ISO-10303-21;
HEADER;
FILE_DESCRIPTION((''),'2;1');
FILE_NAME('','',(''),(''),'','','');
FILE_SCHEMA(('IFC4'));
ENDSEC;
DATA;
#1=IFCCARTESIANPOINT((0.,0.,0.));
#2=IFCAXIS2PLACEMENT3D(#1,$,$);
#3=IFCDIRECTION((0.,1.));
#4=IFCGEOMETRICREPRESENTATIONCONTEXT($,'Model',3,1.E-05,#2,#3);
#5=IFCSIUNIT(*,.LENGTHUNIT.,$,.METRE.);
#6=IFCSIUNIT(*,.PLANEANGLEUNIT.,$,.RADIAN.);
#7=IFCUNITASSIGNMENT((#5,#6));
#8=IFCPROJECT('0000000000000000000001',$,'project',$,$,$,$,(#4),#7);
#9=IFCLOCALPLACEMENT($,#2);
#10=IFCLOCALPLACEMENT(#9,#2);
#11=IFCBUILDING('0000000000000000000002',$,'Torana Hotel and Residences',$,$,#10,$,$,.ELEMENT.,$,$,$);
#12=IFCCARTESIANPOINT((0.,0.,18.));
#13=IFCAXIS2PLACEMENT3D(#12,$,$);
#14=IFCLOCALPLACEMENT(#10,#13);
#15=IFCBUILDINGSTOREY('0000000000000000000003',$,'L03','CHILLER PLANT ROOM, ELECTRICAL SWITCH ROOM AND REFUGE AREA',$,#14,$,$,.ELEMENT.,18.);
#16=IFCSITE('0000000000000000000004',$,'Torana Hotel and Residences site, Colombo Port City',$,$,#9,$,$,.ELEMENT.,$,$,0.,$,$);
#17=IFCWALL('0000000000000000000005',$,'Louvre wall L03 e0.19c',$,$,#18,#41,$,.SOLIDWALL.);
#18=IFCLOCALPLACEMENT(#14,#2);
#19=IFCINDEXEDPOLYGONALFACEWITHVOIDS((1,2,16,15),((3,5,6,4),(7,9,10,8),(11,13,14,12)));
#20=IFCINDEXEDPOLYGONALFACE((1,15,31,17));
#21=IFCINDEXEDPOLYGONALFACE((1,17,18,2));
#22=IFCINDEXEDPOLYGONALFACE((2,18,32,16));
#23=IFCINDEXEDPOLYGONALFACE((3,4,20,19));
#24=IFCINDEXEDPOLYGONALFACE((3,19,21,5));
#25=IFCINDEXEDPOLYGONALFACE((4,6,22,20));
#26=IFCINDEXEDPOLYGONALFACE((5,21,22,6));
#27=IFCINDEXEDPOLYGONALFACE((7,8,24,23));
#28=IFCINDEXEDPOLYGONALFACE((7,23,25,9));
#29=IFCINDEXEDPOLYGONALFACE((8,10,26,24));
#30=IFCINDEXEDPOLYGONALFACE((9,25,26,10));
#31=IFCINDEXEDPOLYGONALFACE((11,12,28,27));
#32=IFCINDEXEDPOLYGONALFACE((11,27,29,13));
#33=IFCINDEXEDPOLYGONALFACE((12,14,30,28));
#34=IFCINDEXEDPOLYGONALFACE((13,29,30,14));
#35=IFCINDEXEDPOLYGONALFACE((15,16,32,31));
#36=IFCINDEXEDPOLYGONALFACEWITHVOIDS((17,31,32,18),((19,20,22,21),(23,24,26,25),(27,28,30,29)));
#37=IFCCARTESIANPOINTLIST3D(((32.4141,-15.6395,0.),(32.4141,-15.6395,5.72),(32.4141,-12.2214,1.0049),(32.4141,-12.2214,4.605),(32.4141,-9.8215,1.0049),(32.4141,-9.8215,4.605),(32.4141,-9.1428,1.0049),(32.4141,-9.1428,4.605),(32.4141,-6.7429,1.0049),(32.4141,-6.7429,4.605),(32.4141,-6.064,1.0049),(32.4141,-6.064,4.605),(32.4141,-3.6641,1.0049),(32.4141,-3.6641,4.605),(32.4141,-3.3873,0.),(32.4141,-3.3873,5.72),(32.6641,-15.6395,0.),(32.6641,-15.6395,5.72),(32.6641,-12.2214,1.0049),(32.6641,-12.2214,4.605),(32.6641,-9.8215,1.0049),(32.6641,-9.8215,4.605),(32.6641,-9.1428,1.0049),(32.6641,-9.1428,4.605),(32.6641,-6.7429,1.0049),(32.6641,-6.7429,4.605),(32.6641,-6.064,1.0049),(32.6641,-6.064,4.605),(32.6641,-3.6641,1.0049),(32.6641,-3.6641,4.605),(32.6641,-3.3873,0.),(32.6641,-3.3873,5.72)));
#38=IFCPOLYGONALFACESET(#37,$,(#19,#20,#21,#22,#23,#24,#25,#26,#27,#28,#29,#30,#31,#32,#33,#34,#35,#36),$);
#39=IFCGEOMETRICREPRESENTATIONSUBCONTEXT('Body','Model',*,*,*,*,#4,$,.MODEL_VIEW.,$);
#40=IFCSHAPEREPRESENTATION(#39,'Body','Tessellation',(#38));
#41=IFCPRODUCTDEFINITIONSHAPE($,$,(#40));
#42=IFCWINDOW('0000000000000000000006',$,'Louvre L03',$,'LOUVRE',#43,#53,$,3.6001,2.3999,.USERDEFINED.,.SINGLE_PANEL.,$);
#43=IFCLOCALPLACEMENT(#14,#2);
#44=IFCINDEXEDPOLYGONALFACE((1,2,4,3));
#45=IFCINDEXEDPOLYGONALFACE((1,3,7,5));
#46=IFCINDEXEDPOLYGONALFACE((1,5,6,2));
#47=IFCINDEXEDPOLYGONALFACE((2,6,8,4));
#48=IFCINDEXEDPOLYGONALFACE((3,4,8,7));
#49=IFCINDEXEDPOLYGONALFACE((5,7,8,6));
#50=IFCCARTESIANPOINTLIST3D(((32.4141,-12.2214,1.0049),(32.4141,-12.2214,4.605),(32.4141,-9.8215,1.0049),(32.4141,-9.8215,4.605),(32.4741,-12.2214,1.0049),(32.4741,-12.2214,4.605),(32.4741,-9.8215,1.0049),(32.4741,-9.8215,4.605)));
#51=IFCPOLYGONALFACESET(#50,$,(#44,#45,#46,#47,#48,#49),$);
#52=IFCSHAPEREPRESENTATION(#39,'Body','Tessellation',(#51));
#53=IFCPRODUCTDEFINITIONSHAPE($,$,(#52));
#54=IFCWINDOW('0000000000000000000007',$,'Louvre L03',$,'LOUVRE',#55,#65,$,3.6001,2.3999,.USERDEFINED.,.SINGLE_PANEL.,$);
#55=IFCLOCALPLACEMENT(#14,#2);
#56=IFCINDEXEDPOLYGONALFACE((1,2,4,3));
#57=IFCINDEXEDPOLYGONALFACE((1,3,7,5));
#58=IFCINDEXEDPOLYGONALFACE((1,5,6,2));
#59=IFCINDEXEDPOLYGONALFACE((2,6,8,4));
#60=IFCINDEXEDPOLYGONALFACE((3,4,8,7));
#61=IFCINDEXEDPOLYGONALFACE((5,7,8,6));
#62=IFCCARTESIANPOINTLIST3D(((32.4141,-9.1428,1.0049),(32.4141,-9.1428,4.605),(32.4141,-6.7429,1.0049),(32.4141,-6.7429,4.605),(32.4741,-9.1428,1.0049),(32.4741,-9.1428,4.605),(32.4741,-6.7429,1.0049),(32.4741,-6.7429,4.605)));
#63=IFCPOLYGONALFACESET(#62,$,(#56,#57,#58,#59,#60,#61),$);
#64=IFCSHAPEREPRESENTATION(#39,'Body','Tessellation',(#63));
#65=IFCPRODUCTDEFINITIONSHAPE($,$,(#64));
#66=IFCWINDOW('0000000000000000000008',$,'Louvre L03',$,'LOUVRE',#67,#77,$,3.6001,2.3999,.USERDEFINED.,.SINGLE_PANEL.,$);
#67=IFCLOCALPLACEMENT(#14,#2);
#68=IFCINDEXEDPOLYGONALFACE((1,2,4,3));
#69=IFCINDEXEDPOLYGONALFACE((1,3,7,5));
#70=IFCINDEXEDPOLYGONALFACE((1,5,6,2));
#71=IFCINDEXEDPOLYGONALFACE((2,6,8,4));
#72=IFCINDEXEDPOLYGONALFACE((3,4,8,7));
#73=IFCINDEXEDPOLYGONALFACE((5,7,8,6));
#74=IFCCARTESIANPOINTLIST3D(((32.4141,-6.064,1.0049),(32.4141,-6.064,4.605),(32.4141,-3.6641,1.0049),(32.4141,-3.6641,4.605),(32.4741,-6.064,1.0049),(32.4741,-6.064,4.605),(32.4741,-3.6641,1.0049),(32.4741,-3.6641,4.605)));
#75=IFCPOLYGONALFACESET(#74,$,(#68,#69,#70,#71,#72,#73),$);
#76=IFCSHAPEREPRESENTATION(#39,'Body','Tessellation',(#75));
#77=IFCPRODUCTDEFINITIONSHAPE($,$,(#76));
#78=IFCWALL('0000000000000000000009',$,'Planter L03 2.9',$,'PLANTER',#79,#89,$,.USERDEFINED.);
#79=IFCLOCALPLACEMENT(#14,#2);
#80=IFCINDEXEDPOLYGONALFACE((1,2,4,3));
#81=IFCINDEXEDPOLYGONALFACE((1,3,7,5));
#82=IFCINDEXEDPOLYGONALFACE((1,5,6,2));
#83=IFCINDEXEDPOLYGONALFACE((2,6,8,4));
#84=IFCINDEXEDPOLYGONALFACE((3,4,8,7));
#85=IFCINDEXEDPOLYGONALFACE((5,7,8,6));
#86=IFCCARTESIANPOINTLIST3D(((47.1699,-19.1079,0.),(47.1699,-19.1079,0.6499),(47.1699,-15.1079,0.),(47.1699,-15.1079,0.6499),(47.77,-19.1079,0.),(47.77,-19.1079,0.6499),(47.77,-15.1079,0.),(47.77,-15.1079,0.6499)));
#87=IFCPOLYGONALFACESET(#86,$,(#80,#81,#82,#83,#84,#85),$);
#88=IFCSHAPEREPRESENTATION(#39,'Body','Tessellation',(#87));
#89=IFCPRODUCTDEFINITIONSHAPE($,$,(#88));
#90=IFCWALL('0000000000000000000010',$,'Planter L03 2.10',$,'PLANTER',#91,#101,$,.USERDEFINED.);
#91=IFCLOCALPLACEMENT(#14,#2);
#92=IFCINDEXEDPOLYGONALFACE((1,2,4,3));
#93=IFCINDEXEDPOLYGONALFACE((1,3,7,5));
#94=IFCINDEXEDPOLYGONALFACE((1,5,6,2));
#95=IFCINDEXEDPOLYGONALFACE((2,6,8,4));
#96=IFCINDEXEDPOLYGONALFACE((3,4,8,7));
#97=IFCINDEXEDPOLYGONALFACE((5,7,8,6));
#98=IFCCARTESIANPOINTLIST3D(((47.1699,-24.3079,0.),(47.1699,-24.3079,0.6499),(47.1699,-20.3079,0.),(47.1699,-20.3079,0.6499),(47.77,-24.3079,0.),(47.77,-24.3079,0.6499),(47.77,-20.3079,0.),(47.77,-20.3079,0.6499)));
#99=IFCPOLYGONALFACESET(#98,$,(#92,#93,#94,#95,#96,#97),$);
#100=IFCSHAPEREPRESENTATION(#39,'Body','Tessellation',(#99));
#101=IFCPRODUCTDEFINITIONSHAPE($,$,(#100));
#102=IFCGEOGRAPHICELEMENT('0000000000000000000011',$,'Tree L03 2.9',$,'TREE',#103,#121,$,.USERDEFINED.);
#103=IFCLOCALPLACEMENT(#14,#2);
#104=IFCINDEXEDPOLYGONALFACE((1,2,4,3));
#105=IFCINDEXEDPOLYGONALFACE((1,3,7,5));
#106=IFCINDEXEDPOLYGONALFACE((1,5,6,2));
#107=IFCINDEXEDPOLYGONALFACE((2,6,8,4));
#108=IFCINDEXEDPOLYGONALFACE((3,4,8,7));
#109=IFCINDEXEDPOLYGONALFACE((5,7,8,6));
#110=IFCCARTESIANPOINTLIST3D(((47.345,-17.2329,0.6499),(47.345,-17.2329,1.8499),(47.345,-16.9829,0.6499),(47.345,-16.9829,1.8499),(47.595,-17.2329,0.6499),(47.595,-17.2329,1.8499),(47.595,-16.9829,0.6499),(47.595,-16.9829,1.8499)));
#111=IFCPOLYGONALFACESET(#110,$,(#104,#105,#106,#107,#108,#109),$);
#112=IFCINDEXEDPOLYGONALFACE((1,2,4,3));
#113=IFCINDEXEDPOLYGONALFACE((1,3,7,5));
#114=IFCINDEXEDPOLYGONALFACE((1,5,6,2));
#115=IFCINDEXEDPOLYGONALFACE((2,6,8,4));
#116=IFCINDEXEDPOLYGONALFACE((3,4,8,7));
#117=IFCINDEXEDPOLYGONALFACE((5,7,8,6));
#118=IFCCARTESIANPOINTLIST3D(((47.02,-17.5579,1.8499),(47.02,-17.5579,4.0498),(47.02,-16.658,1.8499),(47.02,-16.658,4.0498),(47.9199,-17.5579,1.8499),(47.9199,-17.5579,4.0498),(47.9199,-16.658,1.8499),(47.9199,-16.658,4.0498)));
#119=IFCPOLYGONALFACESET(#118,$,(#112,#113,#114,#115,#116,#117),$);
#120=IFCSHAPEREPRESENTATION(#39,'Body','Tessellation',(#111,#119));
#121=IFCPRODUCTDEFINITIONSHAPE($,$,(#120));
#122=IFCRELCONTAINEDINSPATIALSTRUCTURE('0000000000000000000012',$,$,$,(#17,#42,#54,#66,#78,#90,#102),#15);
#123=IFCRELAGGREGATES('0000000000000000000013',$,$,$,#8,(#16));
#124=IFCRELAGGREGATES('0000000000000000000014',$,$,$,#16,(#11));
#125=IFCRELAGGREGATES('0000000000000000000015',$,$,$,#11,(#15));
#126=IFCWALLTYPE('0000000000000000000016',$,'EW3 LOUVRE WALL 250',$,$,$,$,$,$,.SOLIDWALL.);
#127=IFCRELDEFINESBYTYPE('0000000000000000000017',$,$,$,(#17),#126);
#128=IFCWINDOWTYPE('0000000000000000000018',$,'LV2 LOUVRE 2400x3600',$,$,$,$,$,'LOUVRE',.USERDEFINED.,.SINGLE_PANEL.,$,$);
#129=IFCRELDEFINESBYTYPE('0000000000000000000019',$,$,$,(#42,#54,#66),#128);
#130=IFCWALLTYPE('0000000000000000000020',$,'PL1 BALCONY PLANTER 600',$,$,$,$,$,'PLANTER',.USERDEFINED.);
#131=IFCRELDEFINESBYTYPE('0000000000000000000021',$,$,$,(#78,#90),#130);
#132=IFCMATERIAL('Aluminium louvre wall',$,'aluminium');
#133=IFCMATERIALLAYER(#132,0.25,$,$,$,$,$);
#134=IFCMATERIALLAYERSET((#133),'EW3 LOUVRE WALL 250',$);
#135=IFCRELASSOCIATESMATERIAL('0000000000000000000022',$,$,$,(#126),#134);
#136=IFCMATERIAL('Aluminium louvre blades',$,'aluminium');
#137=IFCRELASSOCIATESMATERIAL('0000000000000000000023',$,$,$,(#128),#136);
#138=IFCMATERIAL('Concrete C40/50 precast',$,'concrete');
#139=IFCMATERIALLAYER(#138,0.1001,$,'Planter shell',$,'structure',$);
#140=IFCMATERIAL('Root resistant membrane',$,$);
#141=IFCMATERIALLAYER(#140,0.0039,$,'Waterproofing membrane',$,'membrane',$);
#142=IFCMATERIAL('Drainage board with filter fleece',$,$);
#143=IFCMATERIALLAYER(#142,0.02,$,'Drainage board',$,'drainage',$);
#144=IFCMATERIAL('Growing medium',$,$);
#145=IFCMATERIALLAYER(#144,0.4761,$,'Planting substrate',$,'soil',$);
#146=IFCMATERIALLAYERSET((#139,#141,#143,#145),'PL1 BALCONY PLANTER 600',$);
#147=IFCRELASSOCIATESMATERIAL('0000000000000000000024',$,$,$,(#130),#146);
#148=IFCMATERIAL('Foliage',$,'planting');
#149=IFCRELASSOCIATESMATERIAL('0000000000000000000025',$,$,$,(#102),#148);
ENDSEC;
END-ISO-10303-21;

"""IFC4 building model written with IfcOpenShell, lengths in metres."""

from ifc_helpers import new_model, si_unit, direction, frame, frame_2d, origin, origin_2d, place, context, subcontext, project, spatial, rectangle, extrude, material, layer, layer_set, type_object, element, fill, save


model = new_model("IFC4")

# Units and contexts
model_context = context("Model", 3, precision=1e-05, world=origin(), true_north=direction((0.0, 1.0)))
body_context = subcontext(model_context, "Body", "Model", "MODEL_VIEW")
ifc_project = project(units=[si_unit("LENGTHUNIT", "METRE"), si_unit("PLANEANGLEUNIT", "RADIAN")], contexts=[model_context])

# Site, building, storey
site_placement = place(None, origin())
site = spatial("IfcSite", under=ifc_project, at=site_placement, Name="Torana Hotel and Residences site, Colombo Port City", CompositionType="ELEMENT", RefElevation=0.0)
building_placement = place(site_placement, origin())
building = spatial("IfcBuilding", under=site, at=building_placement, Name="Torana Hotel and Residences", CompositionType="ELEMENT")
storey_placement = place(building_placement, frame((0.0, 0.0, 18.0)))
storey = spatial("IfcBuildingStorey", under=building, at=storey_placement, Name="L03", Description="CHILLER PLANT ROOM, ELECTRICAL SWITCH ROOM AND REFUGE AREA", CompositionType="ELEMENT", Elevation=18.0)

# Shared definitions
ifc_material_1 = material(Name="Aluminium louvre wall", Category="aluminium")
ifc_layer_1 = layer(ifc_material_1, 0.25)
ifc_layer_set_1 = layer_set([ifc_layer_1], Name="EW3 LOUVRE WALL 250")
wall_type_1 = type_object("IfcWallType", Name="EW3 LOUVRE WALL 250", PredefinedType="SOLIDWALL", material=ifc_layer_set_1)

# Wall, openings, windows
wall_1_placement = place(storey_placement, frame((32.5391, -15.6394, 0.0), z_axis=(0.0, 0.0, 1.0), x_axis=(0.0, 1.0, 0.0)))
wall_1 = element("IfcWall", 1, at=wall_1_placement, inside=storey, type_object=wall_type_1, Name="Louvre wall L03 e0.19c", PredefinedType="SOLIDWALL", context=body_context, shape_type="SweptSolid", body=[
    extrude(rectangle(XDim=12.2522, YDim=0.25, at=frame_2d((6.126, 0.0))), origin(), (0.0, 0.0, 1.0), 5.72),
])
opening_1_placement = place(wall_1_placement, frame((3.418, 0.0, 1.0049)))
opening_1 = element("IfcOpeningElement", 2, at=opening_1_placement, cuts=wall_1, PredefinedType="OPENING", context=body_context, shape_type="SweptSolid", body=[
    extrude(rectangle(XDim=2.3999, YDim=3.6001, at=frame_2d((1.2, 1.8))), frame((0.0, 0.135, 0.0), z_axis=(0.0, -1.0, 0.0), x_axis=(1.0, 0.0, 0.0)), (0.0, 0.0, 1.0), 0.27),
])
opening_2_placement = place(wall_1_placement, frame((6.4966, 0.0, 1.0049)))
opening_2 = element("IfcOpeningElement", 3, at=opening_2_placement, cuts=wall_1, PredefinedType="OPENING", context=body_context, shape_type="SweptSolid", body=[
    extrude(rectangle(XDim=2.3999, YDim=3.6001, at=frame_2d((1.2, 1.8))), frame((0.0, 0.135, 0.0), z_axis=(0.0, -1.0, 0.0), x_axis=(1.0, 0.0, 0.0)), (0.0, 0.0, 1.0), 0.27),
])
opening_3_placement = place(wall_1_placement, frame((9.5754, 0.0, 1.0049)))
opening_3 = element("IfcOpeningElement", 4, at=opening_3_placement, cuts=wall_1, PredefinedType="OPENING", context=body_context, shape_type="SweptSolid", body=[
    extrude(rectangle(XDim=2.3999, YDim=3.6001, at=frame_2d((1.2, 1.8))), frame((0.0, 0.135, 0.0), z_axis=(0.0, -1.0, 0.0), x_axis=(1.0, 0.0, 0.0)), (0.0, 0.0, 1.0), 0.27),
])
ifc_material_2 = material(Name="Aluminium louvre blades", Category="aluminium")
window_type = type_object("IfcWindowType", Name="LV2 LOUVRE 2400x3600", ElementType="LOUVRE", PartitioningType="SINGLE_PANEL", PredefinedType="USERDEFINED", material=ifc_material_2)
window_1_placement = place(opening_1_placement, origin())
window_1 = element("IfcWindow", 5, at=window_1_placement, inside=storey, type_object=window_type, Name="Louvre L03", ObjectType="LOUVRE", OverallHeight=3.6001, OverallWidth=2.3999, PartitioningType="SINGLE_PANEL", PredefinedType="USERDEFINED", context=body_context, shape_type="SweptSolid", body=[
    extrude(rectangle(XDim=2.3999, YDim=3.6001, at=frame_2d((1.2, 1.8))), frame((0.0, 0.125, 0.0), z_axis=(0.0, -1.0, 0.0), x_axis=(1.0, 0.0, 0.0)), (0.0, 0.0, 1.0), 0.0601),
])
fill(opening_1, window_1)
window_2_placement = place(opening_2_placement, origin())
window_2 = element("IfcWindow", 6, at=window_2_placement, inside=storey, type_object=window_type, Name="Louvre L03", ObjectType="LOUVRE", OverallHeight=3.6001, OverallWidth=2.3999, PartitioningType="SINGLE_PANEL", PredefinedType="USERDEFINED", context=body_context, shape_type="SweptSolid", body=[
    extrude(rectangle(XDim=2.3999, YDim=3.6001, at=frame_2d((1.2, 1.8))), frame((0.0, 0.125, 0.0), z_axis=(0.0, -1.0, 0.0), x_axis=(1.0, 0.0, 0.0)), (0.0, 0.0, 1.0), 0.0601),
])
fill(opening_2, window_2)
window_3_placement = place(opening_3_placement, origin())
window_3 = element("IfcWindow", 7, at=window_3_placement, inside=storey, type_object=window_type, Name="Louvre L03", ObjectType="LOUVRE", OverallHeight=3.6001, OverallWidth=2.3999, PartitioningType="SINGLE_PANEL", PredefinedType="USERDEFINED", context=body_context, shape_type="SweptSolid", body=[
    extrude(rectangle(XDim=2.3999, YDim=3.6001, at=frame_2d((1.2, 1.8))), frame((0.0, 0.125, 0.0), z_axis=(0.0, -1.0, 0.0), x_axis=(1.0, 0.0, 0.0)), (0.0, 0.0, 1.0), 0.0601),
])
fill(opening_3, window_3)

# Walls
ifc_material_3 = material(Name="Concrete C40/50 precast", Category="concrete")
ifc_layer_2 = layer(ifc_material_3, 0.1001, Name="Planter shell", Category="structure")
ifc_material_4 = material(Name="Root resistant membrane")
ifc_layer_3 = layer(ifc_material_4, 0.0039, Name="Waterproofing membrane", Category="membrane")
ifc_material_5 = material(Name="Drainage board with filter fleece")
ifc_layer_4 = layer(ifc_material_5, 0.02, Name="Drainage board", Category="drainage")
ifc_material_6 = material(Name="Growing medium")
ifc_layer_5 = layer(ifc_material_6, 0.4761, Name="Planting substrate", Category="soil")
ifc_layer_set_2 = layer_set([ifc_layer_2, ifc_layer_3, ifc_layer_4, ifc_layer_5], Name="PL1 BALCONY PLANTER 600")
wall_type_2 = type_object("IfcWallType", Name="PL1 BALCONY PLANTER 600", ElementType="PLANTER", PredefinedType="USERDEFINED", material=ifc_layer_set_2)
for number, where, z_axis, x_axis, name in (
    (8, (47.47, -15.1079, 0.0), (0.0, 0.0, 1.0), (0.0, -1.0, 0.0), "Planter L03 2.9"),
    (9, (47.47, -20.3079, 0.0), (0.0, 0.0, 1.0), (0.0, -1.0, 0.0), "Planter L03 2.10"),
):
    element("IfcWall", number, at=place(storey_placement, frame(where, z_axis=z_axis, x_axis=x_axis)), inside=storey, type_object=wall_type_2, Name=name, ObjectType="PLANTER", PredefinedType="USERDEFINED", context=body_context, shape_type="SweptSolid", body=[
        extrude(rectangle(XDim=4.0, YDim=0.6001, at=frame_2d((2.0, 0.0))), origin(), (0.0, 0.0, 1.0), 0.6499),
    ])

# Geographic element
ifc_material_7 = material(Name="Foliage", Category="planting")
geographic_element_placement = place(storey_placement, frame((47.47, -17.1079, 0.6499), z_axis=(0.0, 0.0, 1.0), x_axis=(1.0, 0.0, 0.0)))
element("IfcGeographicElement", 10, at=geographic_element_placement, inside=storey, material=ifc_material_7, Name="Tree L03 2.9", ObjectType="TREE", PredefinedType="USERDEFINED", context=body_context, shape_type="SweptSolid", body=[
    extrude(rectangle(XDim=0.25, YDim=0.25, at=origin_2d()), origin(), (0.0, 0.0, 1.0), 1.2),
    extrude(rectangle(XDim=0.8999, YDim=0.8999, at=origin_2d()), frame((0.0, 0.0, 1.2)), (0.0, 0.0, 1.0), 2.2),
])

save(model, "model.ifc")
